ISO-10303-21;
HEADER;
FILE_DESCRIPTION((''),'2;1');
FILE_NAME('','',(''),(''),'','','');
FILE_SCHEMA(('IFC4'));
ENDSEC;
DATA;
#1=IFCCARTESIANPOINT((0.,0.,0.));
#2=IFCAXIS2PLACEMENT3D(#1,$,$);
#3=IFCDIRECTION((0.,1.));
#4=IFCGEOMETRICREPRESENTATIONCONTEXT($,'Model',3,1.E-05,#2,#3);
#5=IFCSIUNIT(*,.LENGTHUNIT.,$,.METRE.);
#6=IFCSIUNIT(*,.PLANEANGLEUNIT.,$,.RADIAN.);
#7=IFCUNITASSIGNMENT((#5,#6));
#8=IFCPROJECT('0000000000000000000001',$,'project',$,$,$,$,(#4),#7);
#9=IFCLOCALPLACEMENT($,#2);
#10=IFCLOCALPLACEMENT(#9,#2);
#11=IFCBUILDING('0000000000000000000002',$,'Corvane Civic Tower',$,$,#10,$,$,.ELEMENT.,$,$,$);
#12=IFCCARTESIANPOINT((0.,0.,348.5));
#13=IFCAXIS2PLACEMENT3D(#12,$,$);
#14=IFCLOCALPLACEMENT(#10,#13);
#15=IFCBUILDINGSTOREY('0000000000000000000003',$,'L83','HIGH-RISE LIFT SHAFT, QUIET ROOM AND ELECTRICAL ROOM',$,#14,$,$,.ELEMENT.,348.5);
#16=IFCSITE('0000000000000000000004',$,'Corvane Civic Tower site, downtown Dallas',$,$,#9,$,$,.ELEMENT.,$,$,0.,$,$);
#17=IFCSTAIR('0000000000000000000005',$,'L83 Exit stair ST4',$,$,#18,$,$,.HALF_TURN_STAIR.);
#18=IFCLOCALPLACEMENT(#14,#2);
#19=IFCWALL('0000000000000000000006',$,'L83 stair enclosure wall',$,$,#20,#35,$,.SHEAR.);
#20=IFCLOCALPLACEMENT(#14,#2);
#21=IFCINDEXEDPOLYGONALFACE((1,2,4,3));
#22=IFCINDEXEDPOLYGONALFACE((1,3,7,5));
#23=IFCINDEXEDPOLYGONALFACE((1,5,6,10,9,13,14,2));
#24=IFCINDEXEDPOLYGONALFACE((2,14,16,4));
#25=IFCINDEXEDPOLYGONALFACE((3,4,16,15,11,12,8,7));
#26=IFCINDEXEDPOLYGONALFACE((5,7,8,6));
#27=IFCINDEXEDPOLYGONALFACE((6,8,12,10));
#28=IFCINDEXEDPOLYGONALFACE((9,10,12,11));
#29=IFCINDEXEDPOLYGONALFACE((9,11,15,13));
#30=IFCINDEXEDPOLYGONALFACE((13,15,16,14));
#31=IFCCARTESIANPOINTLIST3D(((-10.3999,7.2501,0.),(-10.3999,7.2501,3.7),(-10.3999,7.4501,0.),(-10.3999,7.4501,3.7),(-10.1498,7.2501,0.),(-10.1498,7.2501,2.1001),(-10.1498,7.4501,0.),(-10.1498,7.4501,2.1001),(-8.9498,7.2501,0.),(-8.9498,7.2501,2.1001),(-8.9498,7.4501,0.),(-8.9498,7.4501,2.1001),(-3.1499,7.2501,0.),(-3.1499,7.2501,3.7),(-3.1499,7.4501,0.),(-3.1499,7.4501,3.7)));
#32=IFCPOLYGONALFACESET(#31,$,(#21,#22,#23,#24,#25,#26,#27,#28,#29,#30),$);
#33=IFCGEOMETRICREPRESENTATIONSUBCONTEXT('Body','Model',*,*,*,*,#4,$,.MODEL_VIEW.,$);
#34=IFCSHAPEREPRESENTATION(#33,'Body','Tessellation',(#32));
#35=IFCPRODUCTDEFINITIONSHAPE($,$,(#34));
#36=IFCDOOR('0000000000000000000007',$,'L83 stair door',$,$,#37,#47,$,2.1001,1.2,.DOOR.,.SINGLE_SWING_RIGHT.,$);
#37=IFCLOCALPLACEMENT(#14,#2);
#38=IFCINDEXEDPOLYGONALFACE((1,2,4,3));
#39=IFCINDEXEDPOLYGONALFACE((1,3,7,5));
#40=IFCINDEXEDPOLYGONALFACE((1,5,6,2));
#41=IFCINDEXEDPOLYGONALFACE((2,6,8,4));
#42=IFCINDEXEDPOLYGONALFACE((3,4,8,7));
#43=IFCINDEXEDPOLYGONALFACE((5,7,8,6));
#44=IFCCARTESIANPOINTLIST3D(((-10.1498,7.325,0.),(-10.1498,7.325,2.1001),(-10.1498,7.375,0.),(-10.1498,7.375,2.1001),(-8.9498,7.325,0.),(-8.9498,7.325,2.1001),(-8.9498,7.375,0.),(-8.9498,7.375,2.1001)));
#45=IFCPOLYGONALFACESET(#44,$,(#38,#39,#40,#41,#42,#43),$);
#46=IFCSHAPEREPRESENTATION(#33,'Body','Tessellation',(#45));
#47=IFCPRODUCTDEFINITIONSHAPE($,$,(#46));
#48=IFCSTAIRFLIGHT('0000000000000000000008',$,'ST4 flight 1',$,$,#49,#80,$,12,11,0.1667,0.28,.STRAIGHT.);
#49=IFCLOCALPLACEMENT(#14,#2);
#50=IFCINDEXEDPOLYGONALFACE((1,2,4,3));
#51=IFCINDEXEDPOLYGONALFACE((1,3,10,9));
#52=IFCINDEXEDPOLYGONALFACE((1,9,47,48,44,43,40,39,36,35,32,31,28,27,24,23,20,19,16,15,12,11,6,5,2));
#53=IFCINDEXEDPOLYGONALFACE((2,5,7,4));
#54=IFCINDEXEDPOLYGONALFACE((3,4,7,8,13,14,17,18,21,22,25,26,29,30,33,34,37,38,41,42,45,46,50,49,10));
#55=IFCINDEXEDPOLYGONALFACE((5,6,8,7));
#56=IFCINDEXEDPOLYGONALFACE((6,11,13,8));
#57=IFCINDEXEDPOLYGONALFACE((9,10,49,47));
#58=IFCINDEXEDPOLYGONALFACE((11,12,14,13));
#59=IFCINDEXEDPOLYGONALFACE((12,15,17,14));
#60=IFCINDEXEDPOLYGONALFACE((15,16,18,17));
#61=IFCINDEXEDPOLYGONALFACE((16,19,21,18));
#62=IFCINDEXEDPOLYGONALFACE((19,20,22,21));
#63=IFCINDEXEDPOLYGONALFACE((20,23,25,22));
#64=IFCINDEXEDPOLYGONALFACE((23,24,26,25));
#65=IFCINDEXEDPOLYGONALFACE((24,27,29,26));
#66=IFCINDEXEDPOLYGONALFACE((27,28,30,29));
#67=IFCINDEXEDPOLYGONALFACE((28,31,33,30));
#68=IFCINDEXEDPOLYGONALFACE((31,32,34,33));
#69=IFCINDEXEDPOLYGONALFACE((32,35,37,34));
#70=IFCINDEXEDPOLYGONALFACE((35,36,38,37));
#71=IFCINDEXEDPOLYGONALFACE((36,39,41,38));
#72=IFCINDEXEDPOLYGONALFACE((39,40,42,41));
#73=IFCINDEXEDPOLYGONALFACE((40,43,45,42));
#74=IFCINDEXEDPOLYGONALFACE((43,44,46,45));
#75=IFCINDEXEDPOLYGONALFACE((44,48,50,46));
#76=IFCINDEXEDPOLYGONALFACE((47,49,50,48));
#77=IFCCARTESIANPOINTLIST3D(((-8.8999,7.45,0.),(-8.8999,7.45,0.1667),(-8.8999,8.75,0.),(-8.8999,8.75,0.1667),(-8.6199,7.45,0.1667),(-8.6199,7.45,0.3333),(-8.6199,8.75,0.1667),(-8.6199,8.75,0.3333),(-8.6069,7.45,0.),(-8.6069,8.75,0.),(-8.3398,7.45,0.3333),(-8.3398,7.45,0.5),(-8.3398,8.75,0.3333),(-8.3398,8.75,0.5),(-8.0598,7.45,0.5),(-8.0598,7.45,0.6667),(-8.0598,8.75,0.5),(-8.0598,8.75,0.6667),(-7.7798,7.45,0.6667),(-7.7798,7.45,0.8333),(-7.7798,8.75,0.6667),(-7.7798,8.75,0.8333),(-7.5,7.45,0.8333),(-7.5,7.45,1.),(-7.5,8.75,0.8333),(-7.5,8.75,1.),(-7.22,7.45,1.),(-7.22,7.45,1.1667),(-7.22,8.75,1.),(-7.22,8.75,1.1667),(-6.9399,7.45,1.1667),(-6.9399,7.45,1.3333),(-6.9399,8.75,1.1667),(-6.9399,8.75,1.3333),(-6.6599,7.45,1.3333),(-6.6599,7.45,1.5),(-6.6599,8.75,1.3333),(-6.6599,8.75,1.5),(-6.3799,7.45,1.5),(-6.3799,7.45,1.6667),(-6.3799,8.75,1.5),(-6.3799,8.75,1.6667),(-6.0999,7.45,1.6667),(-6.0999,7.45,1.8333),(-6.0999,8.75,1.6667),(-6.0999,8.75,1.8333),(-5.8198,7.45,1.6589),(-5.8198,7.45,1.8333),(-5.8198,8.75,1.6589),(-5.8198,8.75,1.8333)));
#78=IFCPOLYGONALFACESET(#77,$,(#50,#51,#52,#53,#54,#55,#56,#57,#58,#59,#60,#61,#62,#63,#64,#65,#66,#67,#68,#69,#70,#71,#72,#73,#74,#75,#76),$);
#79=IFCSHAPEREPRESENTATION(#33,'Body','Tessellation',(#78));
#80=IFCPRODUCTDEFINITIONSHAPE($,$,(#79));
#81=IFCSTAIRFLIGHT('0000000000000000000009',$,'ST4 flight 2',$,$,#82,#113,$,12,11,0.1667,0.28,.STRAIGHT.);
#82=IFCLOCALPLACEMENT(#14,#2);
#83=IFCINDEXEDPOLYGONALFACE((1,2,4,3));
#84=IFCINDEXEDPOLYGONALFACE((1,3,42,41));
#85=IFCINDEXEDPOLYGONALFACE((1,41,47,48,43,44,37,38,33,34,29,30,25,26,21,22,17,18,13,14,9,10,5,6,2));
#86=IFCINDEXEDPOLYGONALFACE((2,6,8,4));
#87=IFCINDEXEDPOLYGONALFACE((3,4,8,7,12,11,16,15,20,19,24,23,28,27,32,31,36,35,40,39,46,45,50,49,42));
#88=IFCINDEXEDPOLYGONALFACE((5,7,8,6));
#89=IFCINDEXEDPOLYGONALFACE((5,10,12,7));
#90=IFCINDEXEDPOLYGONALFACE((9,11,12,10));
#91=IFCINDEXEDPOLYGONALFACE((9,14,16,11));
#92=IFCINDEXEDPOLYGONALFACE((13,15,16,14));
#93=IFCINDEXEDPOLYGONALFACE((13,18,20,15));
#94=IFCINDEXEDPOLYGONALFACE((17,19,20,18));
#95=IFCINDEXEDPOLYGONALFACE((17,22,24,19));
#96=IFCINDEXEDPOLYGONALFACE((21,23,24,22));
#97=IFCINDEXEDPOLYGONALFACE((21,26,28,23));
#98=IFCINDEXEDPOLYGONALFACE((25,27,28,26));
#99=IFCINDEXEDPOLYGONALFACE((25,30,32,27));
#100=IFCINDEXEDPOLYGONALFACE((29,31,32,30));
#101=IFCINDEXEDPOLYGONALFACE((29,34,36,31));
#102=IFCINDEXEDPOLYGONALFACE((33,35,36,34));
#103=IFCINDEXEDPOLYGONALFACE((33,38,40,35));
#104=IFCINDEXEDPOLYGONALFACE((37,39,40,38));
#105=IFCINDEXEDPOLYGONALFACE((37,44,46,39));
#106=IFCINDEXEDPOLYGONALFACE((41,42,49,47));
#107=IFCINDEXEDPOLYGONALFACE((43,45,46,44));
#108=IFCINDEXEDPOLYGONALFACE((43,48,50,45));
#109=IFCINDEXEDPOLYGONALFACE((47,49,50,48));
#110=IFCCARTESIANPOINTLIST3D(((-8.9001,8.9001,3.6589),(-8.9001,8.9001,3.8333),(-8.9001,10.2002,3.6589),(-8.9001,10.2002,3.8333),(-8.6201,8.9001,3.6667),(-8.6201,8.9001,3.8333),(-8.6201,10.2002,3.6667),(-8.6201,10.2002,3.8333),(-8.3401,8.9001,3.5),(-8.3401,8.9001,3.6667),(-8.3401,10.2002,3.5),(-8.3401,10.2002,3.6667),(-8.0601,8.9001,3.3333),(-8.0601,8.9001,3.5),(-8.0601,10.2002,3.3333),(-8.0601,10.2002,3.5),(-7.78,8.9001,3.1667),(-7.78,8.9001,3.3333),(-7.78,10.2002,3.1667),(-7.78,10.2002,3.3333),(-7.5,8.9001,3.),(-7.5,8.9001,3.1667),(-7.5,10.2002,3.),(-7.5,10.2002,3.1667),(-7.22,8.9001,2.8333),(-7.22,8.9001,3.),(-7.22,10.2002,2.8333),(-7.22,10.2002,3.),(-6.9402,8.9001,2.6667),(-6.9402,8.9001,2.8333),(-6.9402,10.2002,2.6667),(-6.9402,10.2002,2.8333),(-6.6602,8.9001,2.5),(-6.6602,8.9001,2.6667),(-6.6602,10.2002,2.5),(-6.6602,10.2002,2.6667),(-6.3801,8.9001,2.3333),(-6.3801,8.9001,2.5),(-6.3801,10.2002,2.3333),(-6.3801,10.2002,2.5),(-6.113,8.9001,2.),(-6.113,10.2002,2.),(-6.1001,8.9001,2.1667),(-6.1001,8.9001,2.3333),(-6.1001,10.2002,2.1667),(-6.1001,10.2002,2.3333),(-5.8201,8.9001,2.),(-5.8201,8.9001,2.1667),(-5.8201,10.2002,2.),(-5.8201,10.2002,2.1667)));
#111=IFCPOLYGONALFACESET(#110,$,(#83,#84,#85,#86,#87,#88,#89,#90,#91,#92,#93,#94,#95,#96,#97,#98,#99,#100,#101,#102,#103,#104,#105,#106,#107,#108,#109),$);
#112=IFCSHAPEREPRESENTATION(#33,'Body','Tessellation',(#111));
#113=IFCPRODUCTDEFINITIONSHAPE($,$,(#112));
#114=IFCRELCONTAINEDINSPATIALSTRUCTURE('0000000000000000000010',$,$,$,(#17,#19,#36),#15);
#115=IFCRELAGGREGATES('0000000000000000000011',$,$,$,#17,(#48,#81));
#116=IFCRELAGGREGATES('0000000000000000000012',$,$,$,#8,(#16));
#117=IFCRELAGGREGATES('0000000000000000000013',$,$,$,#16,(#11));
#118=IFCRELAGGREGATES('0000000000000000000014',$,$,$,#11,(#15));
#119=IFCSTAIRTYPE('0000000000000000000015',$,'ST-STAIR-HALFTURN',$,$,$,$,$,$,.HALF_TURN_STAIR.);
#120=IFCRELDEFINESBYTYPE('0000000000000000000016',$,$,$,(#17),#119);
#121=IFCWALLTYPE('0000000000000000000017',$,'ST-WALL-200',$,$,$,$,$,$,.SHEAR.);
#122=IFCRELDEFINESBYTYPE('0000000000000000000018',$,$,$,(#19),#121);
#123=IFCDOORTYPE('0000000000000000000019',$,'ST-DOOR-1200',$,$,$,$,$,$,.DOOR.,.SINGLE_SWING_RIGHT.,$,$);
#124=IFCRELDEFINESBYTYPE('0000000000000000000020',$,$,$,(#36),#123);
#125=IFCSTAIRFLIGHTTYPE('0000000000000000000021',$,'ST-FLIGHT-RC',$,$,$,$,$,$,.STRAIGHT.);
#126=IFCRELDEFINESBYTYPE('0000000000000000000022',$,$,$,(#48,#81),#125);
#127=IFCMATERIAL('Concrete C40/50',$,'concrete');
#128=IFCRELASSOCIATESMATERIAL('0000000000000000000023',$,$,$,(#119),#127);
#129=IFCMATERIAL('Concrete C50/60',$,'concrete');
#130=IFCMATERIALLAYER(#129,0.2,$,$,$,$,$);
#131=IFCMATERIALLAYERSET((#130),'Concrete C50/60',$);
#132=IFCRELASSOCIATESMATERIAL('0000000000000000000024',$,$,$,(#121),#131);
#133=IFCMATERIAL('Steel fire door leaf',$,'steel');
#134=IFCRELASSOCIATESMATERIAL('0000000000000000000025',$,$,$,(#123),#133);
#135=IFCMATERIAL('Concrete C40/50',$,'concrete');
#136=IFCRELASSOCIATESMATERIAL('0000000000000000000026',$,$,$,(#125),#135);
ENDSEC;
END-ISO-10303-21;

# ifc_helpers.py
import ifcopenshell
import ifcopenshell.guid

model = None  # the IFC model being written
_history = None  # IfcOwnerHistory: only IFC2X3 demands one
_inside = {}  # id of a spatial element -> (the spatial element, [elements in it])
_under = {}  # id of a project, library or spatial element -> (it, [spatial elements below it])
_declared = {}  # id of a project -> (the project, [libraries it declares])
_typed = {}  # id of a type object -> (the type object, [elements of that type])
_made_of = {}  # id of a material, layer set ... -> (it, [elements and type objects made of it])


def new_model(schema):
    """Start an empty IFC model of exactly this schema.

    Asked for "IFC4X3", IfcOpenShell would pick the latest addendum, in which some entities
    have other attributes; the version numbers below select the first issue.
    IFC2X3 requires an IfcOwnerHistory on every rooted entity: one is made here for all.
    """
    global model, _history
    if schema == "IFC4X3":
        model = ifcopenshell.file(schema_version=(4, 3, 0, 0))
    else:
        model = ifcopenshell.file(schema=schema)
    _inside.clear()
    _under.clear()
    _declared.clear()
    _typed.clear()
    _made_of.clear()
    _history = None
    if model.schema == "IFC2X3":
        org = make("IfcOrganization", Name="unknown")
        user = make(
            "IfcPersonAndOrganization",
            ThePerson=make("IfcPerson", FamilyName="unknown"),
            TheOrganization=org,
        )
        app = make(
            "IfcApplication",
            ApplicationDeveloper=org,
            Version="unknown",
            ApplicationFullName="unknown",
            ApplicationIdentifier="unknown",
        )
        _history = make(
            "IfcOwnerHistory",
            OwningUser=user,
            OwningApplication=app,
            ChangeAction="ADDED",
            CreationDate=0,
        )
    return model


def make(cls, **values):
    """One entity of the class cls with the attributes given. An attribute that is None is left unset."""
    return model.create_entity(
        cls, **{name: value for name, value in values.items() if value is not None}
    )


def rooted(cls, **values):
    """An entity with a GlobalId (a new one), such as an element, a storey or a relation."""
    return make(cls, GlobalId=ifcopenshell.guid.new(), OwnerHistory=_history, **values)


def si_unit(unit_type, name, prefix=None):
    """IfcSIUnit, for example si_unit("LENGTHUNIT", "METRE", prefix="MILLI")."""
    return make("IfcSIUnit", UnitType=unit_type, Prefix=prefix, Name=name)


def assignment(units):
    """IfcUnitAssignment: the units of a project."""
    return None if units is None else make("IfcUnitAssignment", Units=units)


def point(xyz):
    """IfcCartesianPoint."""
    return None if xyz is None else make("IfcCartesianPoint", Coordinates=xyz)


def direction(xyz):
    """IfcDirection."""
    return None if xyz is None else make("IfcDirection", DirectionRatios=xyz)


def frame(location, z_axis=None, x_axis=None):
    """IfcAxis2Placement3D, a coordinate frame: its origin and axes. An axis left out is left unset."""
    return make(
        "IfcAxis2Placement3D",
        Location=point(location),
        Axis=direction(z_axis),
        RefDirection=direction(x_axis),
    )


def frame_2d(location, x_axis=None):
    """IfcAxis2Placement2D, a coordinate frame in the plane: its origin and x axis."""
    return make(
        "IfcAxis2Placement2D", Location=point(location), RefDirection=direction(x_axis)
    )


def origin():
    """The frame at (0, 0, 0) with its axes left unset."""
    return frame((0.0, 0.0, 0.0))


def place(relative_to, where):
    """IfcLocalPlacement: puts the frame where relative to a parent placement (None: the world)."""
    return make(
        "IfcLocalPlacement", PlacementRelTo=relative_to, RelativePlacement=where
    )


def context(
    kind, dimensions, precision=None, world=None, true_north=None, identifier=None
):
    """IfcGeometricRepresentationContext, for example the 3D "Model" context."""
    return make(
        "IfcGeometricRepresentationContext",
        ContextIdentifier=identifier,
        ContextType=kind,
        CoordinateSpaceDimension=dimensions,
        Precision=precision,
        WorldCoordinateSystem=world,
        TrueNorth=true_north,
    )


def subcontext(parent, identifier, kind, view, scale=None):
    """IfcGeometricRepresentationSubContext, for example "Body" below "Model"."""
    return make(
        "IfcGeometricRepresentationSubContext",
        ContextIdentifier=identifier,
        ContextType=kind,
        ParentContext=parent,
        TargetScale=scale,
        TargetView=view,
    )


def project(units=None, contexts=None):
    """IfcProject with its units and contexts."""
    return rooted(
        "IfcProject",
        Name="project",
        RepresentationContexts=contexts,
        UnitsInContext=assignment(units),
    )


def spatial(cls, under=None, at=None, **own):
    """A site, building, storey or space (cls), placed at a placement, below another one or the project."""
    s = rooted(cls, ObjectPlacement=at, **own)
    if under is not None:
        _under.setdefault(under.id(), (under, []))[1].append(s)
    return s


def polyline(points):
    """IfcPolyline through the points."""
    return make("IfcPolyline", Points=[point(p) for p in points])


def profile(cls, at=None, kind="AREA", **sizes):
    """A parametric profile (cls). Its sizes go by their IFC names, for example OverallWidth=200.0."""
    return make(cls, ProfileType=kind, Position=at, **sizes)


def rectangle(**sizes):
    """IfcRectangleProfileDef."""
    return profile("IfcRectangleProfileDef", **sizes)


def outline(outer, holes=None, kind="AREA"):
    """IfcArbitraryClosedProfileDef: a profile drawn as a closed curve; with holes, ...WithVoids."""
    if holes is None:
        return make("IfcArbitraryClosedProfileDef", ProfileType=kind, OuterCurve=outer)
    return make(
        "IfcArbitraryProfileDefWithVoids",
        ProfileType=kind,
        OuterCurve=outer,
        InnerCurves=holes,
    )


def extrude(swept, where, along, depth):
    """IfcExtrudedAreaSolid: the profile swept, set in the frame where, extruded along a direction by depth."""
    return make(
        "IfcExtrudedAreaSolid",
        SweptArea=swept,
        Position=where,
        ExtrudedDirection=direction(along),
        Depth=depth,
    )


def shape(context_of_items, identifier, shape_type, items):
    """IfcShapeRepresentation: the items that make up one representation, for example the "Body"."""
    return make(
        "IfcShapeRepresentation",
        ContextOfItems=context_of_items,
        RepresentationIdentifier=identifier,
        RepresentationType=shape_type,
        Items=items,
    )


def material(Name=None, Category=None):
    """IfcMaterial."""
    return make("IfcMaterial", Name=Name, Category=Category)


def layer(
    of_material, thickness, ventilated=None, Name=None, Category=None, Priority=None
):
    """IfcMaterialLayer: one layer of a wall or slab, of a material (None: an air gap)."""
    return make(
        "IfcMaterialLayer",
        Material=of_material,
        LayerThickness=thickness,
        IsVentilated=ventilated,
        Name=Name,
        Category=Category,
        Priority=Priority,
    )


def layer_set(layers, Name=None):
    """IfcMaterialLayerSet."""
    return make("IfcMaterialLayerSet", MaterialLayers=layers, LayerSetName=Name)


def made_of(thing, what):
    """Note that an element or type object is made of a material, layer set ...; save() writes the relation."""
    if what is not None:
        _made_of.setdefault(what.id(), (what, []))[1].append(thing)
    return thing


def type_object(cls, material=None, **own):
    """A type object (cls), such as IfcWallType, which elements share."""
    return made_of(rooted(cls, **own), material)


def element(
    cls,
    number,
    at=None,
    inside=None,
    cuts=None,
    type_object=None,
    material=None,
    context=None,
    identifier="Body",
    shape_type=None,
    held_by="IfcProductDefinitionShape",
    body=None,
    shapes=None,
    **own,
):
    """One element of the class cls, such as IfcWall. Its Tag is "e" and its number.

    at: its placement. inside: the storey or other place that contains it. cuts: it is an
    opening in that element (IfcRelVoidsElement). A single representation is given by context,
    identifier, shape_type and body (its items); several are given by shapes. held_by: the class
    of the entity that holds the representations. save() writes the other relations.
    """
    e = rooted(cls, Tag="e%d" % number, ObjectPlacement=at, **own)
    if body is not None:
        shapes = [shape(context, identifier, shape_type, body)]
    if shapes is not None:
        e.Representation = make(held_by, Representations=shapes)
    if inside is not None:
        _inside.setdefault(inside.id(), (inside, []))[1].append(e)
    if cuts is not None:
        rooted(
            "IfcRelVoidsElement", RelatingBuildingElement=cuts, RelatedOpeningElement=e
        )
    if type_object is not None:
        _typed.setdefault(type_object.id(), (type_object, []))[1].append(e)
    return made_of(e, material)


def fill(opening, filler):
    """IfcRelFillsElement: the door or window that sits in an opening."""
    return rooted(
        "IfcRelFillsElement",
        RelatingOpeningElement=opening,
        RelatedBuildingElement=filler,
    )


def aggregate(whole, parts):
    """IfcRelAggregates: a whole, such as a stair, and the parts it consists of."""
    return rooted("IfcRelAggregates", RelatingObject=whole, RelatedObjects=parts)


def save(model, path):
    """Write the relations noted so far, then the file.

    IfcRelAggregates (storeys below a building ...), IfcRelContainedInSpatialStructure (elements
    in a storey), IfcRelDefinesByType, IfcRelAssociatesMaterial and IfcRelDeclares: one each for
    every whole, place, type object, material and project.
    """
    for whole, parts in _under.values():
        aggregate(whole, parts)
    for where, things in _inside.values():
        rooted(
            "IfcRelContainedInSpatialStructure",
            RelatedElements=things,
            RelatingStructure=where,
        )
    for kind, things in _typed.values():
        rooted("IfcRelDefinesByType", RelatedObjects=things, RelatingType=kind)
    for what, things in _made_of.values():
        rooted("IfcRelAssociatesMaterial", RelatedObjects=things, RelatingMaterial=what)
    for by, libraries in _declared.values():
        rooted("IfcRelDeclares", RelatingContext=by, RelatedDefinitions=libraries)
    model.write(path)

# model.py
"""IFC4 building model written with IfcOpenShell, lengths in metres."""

from ifc_helpers import new_model, si_unit, direction, frame, frame_2d, origin, place, context, subcontext, project, spatial, polyline, rectangle, outline, extrude, material, layer, layer_set, type_object, element, fill, aggregate, save


model = new_model("IFC4")

# Units and contexts
model_context = context("Model", 3, precision=1e-05, world=origin(), true_north=direction((0.0, 1.0)))
body_context = subcontext(model_context, "Body", "Model", "MODEL_VIEW")
ifc_project = project(units=[si_unit("LENGTHUNIT", "METRE"), si_unit("PLANEANGLEUNIT", "RADIAN")], contexts=[model_context])

# Site, building, storey
site_placement = place(None, origin())
site = spatial("IfcSite", under=ifc_project, at=site_placement, Name="Corvane Civic Tower site, downtown Dallas", CompositionType="ELEMENT", RefElevation=0.0)
building_placement = place(site_placement, origin())
building = spatial("IfcBuilding", under=site, at=building_placement, Name="Corvane Civic Tower", CompositionType="ELEMENT")
storey_placement = place(building_placement, frame((0.0, 0.0, 348.5)))
storey = spatial("IfcBuildingStorey", under=building, at=storey_placement, Name="L83", Description="HIGH-RISE LIFT SHAFT, QUIET ROOM AND ELECTRICAL ROOM", CompositionType="ELEMENT", Elevation=348.5)

# Stair
ifc_material_1 = material(Name="Concrete C40/50", Category="concrete")
stair_type = type_object("IfcStairType", Name="ST-STAIR-HALFTURN", PredefinedType="HALF_TURN_STAIR", material=ifc_material_1)
stair_placement = place(storey_placement, origin())
stair = element("IfcStair", 1, at=stair_placement, inside=storey, type_object=stair_type, Name="L83 Exit stair ST4", PredefinedType="HALF_TURN_STAIR")

# Wall, opening, door
ifc_material_2 = material(Name="Concrete C50/60", Category="concrete")
ifc_layer_1 = layer(ifc_material_2, 0.2)
ifc_layer_set_1 = layer_set([ifc_layer_1], Name="Concrete C50/60")
wall_type_1 = type_object("IfcWallType", Name="ST-WALL-200", PredefinedType="SHEAR", material=ifc_layer_set_1)
wall_1_placement = place(storey_placement, frame((-10.3999, 7.3501, 0.0), z_axis=(0.0, 0.0, 1.0), x_axis=(1.0, 0.0, 0.0)))
wall_1 = element("IfcWall", 2, at=wall_1_placement, inside=storey, type_object=wall_type_1, Name="L83 stair enclosure wall", PredefinedType="SHEAR", context=body_context, shape_type="SweptSolid", body=[
    extrude(rectangle(XDim=7.25, YDim=0.2, at=frame_2d((3.625, 0.0))), origin(), (0.0, 0.0, 1.0), 3.7),
])
opening_1_placement = place(wall_1_placement, frame((0.25, 0.0, 0.0)))
opening_1 = element("IfcOpeningElement", 3, at=opening_1_placement, cuts=wall_1, PredefinedType="OPENING", context=body_context, shape_type="SweptSolid", body=[
    extrude(rectangle(XDim=1.2, YDim=2.1001, at=frame_2d((0.6001, 1.05))), frame((0.0, 0.1099, 0.0), z_axis=(0.0, -1.0, 0.0), x_axis=(1.0, 0.0, 0.0)), (0.0, 0.0, 1.0), 0.22),
])
ifc_material_3 = material(Name="Steel fire door leaf", Category="steel")
door_type_1 = type_object("IfcDoorType", Name="ST-DOOR-1200", OperationType="SINGLE_SWING_RIGHT", PredefinedType="DOOR", material=ifc_material_3)
door_1_placement = place(opening_1_placement, origin())
door_1 = element("IfcDoor", 4, at=door_1_placement, inside=storey, type_object=door_type_1, Name="L83 stair door", OperationType="SINGLE_SWING_RIGHT", OverallHeight=2.1001, OverallWidth=1.2, PredefinedType="DOOR", context=body_context, shape_type="SweptSolid", body=[
    extrude(rectangle(XDim=1.2, YDim=2.1001, at=frame_2d((0.6001, 1.05))), frame((0.0, 0.0249, 0.0), z_axis=(0.0, -1.0, 0.0), x_axis=(1.0, 0.0, 0.0)), (0.0, 0.0, 1.0), 0.05),
])
fill(opening_1, door_1)

# Stair flights
ifc_material_4 = material(Name="Concrete C40/50", Category="concrete")
stair_flight_type = type_object("IfcStairFlightType", Name="ST-FLIGHT-RC", PredefinedType="STRAIGHT", material=ifc_material_4)
stair_flight_1_placement = place(storey_placement, frame((-8.8999, 8.1001, 0.0), z_axis=(0.0, 0.0, 1.0), x_axis=(1.0, 0.0, 0.0)))
stair_flight_1 = element("IfcStairFlight", 5, at=stair_flight_1_placement, type_object=stair_flight_type, Name="ST4 flight 1", NumberOfRisers=12, NumberOfTreads=11, PredefinedType="STRAIGHT", RiserHeight=0.1667, TreadLength=0.28, context=body_context, shape_type="SweptSolid", body=[
    extrude(outline(polyline([(0.0, 0.0), (0.0, 0.1667), (0.28, 0.1667), (0.28, 0.3333), (0.5601, 0.3333), (0.5601, 0.5), (0.8401, 0.5), (0.8401, 0.6667), (1.1201, 0.6667), (1.1201, 0.8333), (1.3999, 0.8333), (1.3999, 1.0), (1.6799, 1.0), (1.6799, 1.1667), (1.96, 1.1667), (1.96, 1.3333), (2.24, 1.3333), (2.24, 1.5), (2.52, 1.5), (2.52, 1.6667), (2.8, 1.6667), (2.8, 1.8333), (3.0801, 1.8333), (3.0801, 2.0), (3.0801, 1.6589), (0.293, 0.0), (0.0, 0.0)])), frame((0.0, 0.6499, 0.0), z_axis=(0.0, -1.0, 0.0), x_axis=(1.0, 0.0, 0.0)), (0.0, 0.0, 1.0), 1.3),
])
stair_flight_2_placement = place(storey_placement, frame((-5.8201, 9.55, 2.0), z_axis=(0.0, 0.0, 1.0), x_axis=(-1.0, 0.0, 0.0)))
stair_flight_2 = element("IfcStairFlight", 6, at=stair_flight_2_placement, type_object=stair_flight_type, Name="ST4 flight 2", NumberOfRisers=12, NumberOfTreads=11, PredefinedType="STRAIGHT", RiserHeight=0.1667, TreadLength=0.28, context=body_context, shape_type="SweptSolid", body=[
    extrude(outline(polyline([(0.0, 0.0), (0.0, 0.1667), (0.28, 0.1667), (0.28, 0.3333), (0.5601, 0.3333), (0.5601, 0.5), (0.8401, 0.5), (0.8401, 0.6667), (1.1201, 0.6667), (1.1201, 0.8333), (1.3999, 0.8333), (1.3999, 1.0), (1.6799, 1.0), (1.6799, 1.1667), (1.96, 1.1667), (1.96, 1.3333), (2.24, 1.3333), (2.24, 1.5), (2.52, 1.5), (2.52, 1.6667), (2.8, 1.6667), (2.8, 1.8333), (3.0801, 1.8333), (3.0801, 2.0), (3.0801, 1.6589), (0.293, 0.0), (0.0, 0.0)])), frame((0.0, 0.6499, 0.0), z_axis=(0.0, -1.0, 0.0), x_axis=(1.0, 0.0, 0.0)), (0.0, 0.0, 1.0), 1.3),
])
aggregate(stair, [stair_flight_1, stair_flight_2])

save(model, "model.ifc")
